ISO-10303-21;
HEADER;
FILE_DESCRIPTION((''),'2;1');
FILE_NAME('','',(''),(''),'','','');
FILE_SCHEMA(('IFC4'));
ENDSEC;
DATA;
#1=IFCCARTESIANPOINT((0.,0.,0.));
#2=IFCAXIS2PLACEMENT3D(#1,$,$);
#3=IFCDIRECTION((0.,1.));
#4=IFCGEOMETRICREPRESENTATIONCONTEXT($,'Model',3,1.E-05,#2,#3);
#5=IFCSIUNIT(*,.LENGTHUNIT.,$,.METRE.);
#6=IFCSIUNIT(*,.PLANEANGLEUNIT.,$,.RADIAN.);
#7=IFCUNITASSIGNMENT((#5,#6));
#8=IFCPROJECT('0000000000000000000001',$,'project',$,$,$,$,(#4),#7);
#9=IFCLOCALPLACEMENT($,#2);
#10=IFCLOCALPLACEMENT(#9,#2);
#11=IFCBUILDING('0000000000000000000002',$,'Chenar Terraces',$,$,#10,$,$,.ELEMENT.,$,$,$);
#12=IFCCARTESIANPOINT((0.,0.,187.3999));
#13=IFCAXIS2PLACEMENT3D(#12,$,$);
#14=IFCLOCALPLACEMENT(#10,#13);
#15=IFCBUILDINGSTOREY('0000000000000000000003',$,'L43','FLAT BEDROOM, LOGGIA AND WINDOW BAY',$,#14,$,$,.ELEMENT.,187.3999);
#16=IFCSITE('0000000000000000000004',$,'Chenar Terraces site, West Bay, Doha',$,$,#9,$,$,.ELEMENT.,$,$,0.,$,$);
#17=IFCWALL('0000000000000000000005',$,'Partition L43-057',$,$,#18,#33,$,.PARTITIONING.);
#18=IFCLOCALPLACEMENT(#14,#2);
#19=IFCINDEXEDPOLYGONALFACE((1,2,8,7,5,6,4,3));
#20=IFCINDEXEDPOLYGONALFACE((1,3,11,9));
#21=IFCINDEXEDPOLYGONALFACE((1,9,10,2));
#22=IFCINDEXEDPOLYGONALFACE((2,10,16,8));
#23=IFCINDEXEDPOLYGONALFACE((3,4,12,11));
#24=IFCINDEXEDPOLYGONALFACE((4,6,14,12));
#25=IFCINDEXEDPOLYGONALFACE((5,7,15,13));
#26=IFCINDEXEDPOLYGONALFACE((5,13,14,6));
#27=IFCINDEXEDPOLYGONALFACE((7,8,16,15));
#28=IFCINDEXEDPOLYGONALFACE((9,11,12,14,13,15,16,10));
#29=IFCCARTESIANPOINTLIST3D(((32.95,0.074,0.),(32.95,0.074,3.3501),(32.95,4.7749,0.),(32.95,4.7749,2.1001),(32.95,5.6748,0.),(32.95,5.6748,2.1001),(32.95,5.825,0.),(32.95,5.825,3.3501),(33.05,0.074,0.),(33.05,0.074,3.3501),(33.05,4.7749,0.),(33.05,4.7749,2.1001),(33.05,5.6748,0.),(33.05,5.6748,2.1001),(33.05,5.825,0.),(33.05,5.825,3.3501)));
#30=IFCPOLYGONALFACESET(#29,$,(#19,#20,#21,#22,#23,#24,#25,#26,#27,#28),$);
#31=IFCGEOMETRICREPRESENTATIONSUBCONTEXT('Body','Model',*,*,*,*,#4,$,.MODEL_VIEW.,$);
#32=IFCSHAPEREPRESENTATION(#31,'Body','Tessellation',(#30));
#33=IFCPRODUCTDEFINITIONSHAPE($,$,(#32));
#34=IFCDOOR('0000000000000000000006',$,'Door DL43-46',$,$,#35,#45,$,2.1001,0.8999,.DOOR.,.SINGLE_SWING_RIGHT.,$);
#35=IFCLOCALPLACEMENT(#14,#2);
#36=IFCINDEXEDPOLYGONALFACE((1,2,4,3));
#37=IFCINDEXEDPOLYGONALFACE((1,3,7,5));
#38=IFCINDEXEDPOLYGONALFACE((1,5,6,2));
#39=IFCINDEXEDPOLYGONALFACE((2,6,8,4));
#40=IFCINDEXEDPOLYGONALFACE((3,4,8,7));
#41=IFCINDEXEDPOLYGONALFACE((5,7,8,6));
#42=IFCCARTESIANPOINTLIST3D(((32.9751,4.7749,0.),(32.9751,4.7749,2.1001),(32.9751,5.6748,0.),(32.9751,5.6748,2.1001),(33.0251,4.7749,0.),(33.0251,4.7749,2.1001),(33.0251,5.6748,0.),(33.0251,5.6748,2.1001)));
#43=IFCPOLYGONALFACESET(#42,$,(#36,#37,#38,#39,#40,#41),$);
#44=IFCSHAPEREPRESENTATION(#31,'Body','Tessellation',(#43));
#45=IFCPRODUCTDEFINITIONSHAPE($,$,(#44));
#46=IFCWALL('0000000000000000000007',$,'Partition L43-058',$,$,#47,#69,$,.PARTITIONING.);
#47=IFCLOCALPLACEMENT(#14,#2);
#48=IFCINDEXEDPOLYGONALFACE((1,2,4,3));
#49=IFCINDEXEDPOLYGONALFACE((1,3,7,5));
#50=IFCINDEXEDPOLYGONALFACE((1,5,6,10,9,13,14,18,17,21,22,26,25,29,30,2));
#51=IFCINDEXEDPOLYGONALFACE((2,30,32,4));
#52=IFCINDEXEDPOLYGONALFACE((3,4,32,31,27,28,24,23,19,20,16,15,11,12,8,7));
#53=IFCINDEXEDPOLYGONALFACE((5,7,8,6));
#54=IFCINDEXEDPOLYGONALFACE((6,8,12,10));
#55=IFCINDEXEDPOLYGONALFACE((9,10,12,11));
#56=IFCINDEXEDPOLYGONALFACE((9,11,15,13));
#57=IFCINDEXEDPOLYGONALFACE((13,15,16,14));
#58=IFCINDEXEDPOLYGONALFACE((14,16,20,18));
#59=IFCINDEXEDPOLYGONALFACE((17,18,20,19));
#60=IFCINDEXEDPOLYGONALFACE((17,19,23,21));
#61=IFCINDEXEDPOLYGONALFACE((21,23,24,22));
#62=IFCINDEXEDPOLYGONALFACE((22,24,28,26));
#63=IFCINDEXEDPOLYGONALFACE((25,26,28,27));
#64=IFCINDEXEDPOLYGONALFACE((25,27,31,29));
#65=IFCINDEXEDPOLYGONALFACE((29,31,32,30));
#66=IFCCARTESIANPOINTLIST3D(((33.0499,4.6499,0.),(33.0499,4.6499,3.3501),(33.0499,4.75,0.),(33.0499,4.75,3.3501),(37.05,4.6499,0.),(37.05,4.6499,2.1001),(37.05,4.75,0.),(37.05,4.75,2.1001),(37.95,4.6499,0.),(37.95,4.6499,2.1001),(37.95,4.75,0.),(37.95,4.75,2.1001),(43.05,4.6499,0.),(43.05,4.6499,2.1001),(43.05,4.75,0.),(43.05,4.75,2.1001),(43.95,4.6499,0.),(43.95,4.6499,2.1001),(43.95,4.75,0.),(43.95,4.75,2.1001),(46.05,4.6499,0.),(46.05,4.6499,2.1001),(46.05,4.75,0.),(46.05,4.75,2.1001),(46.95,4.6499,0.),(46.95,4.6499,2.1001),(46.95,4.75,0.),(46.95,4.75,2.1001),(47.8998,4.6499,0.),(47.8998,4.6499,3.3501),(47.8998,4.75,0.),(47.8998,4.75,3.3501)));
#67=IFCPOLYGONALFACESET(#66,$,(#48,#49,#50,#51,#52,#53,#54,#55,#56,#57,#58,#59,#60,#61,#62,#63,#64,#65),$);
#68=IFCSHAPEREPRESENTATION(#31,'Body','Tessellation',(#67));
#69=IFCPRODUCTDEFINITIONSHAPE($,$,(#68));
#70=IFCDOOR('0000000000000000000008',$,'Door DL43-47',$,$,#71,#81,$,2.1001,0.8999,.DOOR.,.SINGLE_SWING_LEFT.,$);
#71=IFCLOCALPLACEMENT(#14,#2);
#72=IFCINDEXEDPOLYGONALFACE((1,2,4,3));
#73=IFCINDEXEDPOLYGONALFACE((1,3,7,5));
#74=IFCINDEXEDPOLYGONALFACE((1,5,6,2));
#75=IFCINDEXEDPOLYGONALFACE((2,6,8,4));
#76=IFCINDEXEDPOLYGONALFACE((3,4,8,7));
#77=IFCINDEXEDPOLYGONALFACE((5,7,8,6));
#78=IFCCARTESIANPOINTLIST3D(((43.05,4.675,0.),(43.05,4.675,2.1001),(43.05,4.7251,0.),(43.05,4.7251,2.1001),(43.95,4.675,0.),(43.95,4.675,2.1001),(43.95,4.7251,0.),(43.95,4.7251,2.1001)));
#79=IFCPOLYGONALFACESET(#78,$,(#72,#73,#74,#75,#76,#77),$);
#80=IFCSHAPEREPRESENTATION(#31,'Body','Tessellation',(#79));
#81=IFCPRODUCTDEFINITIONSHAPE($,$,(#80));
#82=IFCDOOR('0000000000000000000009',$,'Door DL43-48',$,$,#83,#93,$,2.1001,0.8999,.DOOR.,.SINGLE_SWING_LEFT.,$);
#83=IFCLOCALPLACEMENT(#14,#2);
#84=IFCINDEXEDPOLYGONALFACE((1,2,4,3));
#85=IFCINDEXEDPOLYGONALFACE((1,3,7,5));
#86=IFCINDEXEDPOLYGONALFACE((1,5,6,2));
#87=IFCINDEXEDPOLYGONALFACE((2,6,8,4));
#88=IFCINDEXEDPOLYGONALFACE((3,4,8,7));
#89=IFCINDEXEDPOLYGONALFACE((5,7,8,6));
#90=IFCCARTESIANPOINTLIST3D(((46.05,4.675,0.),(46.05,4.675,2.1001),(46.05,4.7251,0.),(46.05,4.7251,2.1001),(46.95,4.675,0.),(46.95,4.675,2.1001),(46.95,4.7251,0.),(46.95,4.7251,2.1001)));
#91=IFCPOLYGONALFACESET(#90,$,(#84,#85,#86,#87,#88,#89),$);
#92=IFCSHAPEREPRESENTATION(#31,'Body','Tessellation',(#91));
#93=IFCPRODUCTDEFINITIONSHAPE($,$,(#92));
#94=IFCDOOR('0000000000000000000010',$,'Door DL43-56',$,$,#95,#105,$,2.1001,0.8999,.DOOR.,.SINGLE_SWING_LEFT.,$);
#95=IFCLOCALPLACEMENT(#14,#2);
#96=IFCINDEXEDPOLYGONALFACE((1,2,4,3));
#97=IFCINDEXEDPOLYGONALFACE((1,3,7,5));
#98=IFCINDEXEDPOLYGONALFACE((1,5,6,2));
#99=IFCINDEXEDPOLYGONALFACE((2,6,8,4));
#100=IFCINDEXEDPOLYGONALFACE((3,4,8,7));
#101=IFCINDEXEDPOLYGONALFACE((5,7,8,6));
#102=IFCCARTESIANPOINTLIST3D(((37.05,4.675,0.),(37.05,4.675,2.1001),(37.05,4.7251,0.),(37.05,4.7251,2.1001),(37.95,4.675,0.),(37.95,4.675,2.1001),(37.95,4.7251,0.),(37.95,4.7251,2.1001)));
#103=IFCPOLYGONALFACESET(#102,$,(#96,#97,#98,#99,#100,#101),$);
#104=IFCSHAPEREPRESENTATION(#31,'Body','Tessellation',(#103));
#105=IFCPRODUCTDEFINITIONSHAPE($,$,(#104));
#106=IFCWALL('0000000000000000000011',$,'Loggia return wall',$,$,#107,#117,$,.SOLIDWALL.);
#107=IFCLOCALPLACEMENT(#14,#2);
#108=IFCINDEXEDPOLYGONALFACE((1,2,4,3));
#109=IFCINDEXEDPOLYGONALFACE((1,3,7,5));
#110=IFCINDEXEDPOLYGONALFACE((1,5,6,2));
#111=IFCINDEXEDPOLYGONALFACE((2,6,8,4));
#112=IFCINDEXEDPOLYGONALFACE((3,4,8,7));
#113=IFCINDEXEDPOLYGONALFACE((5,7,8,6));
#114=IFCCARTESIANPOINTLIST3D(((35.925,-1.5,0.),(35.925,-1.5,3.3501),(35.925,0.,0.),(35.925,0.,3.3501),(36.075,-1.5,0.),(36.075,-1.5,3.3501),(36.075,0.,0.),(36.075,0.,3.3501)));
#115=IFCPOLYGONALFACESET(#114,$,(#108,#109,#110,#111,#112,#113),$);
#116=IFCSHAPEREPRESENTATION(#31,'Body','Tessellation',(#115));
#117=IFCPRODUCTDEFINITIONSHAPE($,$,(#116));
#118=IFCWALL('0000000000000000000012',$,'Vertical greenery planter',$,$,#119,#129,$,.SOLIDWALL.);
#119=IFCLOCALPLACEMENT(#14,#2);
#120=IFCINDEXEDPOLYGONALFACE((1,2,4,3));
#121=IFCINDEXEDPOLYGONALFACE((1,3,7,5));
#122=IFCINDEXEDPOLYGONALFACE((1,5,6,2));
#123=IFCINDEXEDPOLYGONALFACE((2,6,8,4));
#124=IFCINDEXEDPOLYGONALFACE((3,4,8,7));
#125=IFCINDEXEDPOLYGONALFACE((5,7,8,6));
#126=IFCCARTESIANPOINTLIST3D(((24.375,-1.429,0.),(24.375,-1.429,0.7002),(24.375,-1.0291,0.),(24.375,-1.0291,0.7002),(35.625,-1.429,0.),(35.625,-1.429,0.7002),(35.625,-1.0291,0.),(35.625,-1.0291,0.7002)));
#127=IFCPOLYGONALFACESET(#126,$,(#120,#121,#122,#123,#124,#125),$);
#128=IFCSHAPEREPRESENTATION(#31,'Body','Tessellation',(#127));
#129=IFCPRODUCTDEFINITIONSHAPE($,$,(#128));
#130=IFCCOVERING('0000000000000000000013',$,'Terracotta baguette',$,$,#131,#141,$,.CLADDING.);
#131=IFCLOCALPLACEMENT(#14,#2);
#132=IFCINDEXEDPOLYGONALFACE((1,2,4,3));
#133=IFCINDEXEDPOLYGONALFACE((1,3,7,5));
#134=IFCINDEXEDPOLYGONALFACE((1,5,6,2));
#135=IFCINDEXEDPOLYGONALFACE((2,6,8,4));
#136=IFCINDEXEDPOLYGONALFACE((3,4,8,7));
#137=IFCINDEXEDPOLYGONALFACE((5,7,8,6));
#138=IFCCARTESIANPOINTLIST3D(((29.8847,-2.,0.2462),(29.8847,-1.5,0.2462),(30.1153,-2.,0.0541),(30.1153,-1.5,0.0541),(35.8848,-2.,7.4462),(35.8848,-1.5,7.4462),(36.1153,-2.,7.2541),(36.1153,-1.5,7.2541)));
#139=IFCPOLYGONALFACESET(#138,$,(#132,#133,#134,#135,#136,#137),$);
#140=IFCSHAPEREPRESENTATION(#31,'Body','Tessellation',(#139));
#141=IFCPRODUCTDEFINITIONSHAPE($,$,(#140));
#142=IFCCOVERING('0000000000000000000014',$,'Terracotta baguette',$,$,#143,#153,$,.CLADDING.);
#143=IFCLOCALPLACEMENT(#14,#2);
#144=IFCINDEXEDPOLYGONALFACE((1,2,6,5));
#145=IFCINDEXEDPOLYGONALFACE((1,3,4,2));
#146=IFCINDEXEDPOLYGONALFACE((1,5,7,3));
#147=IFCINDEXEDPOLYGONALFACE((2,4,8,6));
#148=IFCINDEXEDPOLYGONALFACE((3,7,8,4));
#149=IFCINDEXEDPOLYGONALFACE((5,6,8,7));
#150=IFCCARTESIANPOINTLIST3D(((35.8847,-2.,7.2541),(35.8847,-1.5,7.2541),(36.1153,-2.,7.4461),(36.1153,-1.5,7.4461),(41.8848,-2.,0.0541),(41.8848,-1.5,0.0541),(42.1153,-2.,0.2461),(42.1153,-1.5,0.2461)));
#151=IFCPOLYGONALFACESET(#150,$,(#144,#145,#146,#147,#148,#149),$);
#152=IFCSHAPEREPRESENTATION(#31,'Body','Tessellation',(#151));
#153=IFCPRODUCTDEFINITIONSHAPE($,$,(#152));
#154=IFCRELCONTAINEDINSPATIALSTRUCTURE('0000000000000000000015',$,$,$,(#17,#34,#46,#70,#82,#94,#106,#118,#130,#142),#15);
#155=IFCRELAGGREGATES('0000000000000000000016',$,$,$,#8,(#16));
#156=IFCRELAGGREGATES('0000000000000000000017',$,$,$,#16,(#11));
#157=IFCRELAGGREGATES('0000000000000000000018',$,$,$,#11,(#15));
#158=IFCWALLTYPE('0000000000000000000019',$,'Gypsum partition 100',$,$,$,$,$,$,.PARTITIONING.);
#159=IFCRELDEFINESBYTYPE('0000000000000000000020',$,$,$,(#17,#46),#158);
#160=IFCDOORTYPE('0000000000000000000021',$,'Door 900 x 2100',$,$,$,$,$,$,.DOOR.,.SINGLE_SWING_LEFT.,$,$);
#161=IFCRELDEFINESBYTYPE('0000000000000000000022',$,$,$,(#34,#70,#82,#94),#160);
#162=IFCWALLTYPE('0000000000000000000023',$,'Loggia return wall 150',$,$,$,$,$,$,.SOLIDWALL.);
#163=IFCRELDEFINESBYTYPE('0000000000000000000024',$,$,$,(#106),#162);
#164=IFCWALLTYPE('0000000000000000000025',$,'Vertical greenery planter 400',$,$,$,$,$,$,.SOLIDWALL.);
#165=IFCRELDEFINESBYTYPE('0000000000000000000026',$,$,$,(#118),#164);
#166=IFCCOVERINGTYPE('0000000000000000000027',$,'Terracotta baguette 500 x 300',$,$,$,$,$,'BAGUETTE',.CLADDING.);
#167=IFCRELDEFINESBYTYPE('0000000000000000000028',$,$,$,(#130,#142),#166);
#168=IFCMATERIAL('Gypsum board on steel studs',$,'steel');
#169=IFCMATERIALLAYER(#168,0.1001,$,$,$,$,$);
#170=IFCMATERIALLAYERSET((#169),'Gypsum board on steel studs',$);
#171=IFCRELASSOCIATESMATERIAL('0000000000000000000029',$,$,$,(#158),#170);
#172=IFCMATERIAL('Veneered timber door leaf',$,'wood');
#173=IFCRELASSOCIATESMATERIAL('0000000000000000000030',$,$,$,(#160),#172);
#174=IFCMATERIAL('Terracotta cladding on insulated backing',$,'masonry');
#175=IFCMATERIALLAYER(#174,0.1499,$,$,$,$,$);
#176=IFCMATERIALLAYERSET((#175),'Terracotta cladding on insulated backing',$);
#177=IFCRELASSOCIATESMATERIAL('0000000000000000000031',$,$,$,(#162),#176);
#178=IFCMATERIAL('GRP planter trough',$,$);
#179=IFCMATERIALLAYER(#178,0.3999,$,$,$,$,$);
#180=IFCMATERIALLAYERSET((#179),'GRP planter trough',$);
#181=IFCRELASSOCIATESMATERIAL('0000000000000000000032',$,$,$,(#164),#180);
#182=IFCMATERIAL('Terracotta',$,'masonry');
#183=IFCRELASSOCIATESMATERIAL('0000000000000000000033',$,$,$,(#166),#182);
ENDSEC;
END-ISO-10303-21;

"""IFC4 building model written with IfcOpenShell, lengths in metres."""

from ifc_helpers import new_model, si_unit, direction, frame, frame_2d, origin, origin_2d, place, context, subcontext, project, spatial, rectangle, extrude, material, layer, layer_set, material_profile, profile_set, type_object, element, fill, save


model = new_model("IFC4")

# Units and contexts
model_context = context("Model", 3, precision=1e-05, world=origin(), true_north=direction((0.0, 1.0)))
body_context = subcontext(model_context, "Body", "Model", "MODEL_VIEW")
ifc_project = project(units=[si_unit("LENGTHUNIT", "METRE"), si_unit("PLANEANGLEUNIT", "RADIAN")], contexts=[model_context])

# Site, building, storey
site_placement = place(None, origin())
site = spatial("IfcSite", under=ifc_project, at=site_placement, Name="Chenar Terraces site, West Bay, Doha", CompositionType="ELEMENT", RefElevation=0.0)
building_placement = place(site_placement, origin())
building = spatial("IfcBuilding", under=site, at=building_placement, Name="Chenar Terraces", CompositionType="ELEMENT")
storey_placement = place(building_placement, frame((0.0, 0.0, 187.3999)))
storey = spatial("IfcBuildingStorey", under=building, at=storey_placement, Name="L43", Description="FLAT BEDROOM, LOGGIA AND WINDOW BAY", CompositionType="ELEMENT", Elevation=187.3999)

# Shared definitions
ifc_material_1 = material(Name="Gypsum board on steel studs", Category="steel")
ifc_layer_1 = layer(ifc_material_1, 0.1001)
ifc_layer_set_1 = layer_set([ifc_layer_1], Name="Gypsum board on steel studs")
wall_type_1 = type_object("IfcWallType", Name="Gypsum partition 100", PredefinedType="PARTITIONING", material=ifc_layer_set_1)

# Wall, opening, door
wall_1_placement = place(storey_placement, frame((33.0, 0.074, 0.0), z_axis=(0.0, 0.0, 1.0), x_axis=(0.0, 1.0, 0.0)))
wall_1 = element("IfcWall", 1, at=wall_1_placement, inside=storey, type_object=wall_type_1, Name="Partition L43-057", PredefinedType="PARTITIONING", context=body_context, shape_type="SweptSolid", body=[
    extrude(rectangle(XDim=5.751, YDim=0.1001, at=frame_2d((2.8755, 0.0))), origin(), (0.0, 0.0, 1.0), 3.3501),
])
opening_1_placement = place(wall_1_placement, frame((4.7009, 0.0, 0.0)))
opening_1 = element("IfcOpeningElement", 2, at=opening_1_placement, cuts=wall_1, PredefinedType="OPENING", context=body_context, shape_type="SweptSolid", body=[
    extrude(rectangle(XDim=0.8999, YDim=2.1001, at=frame_2d((0.45, 1.05))), frame((0.0, 0.0601, 0.0), z_axis=(0.0, -1.0, 0.0), x_axis=(1.0, 0.0, 0.0)), (0.0, 0.0, 1.0), 0.1201),
])
ifc_material_2 = material(Name="Veneered timber door leaf", Category="wood")
door_type_1 = type_object("IfcDoorType", Name="Door 900 x 2100", OperationType="SINGLE_SWING_LEFT", PredefinedType="DOOR", material=ifc_material_2)
door_1_placement = place(opening_1_placement, origin())
door_1 = element("IfcDoor", 3, at=door_1_placement, inside=storey, type_object=door_type_1, Name="Door DL43-46", OperationType="SINGLE_SWING_RIGHT", OverallHeight=2.1001, OverallWidth=0.8999, PredefinedType="DOOR", context=body_context, shape_type="SweptSolid", body=[
    extrude(rectangle(XDim=0.8999, YDim=2.1001, at=frame_2d((0.45, 1.05))), frame((0.0, 0.0249, 0.0), z_axis=(0.0, -1.0, 0.0), x_axis=(1.0, 0.0, 0.0)), (0.0, 0.0, 1.0), 0.05),
])
fill(opening_1, door_1)

# Wall, openings, doors
wall_2_placement = place(storey_placement, frame((33.05, 4.7, 0.0), z_axis=(0.0, 0.0, 1.0), x_axis=(1.0, 0.0, 0.0)))
wall_2 = element("IfcWall", 4, at=wall_2_placement, inside=storey, type_object=wall_type_1, Name="Partition L43-058", PredefinedType="PARTITIONING", context=body_context, shape_type="SweptSolid", body=[
    extrude(rectangle(XDim=14.8499, YDim=0.1001, at=frame_2d((7.4248, 0.0))), origin(), (0.0, 0.0, 1.0), 3.3501),
])
opening_2_placement = place(wall_2_placement, frame((10.0, 0.0, 0.0)))
opening_2 = element("IfcOpeningElement", 5, at=opening_2_placement, cuts=wall_2, PredefinedType="OPENING", context=body_context, shape_type="SweptSolid", body=[
    extrude(rectangle(XDim=0.8999, YDim=2.1001, at=frame_2d((0.45, 1.05))), frame((0.0, 0.0601, 0.0), z_axis=(0.0, -1.0, 0.0), x_axis=(1.0, 0.0, 0.0)), (0.0, 0.0, 1.0), 0.1201),
])
opening_3_placement = place(wall_2_placement, frame((13.0, 0.0, 0.0)))
opening_3 = element("IfcOpeningElement", 6, at=opening_3_placement, cuts=wall_2, PredefinedType="OPENING", context=body_context, shape_type="SweptSolid", body=[
    extrude(rectangle(XDim=0.8999, YDim=2.1001, at=frame_2d((0.45, 1.05))), frame((0.0, 0.0601, 0.0), z_axis=(0.0, -1.0, 0.0), x_axis=(1.0, 0.0, 0.0)), (0.0, 0.0, 1.0), 0.1201),
])
opening_4_placement = place(wall_2_placement, frame((4.0, 0.0, 0.0)))
opening_4 = element("IfcOpeningElement", 7, at=opening_4_placement, cuts=wall_2, PredefinedType="OPENING", context=body_context, shape_type="SweptSolid", body=[
    extrude(rectangle(XDim=0.8999, YDim=2.1001, at=frame_2d((0.45, 1.05))), frame((0.0, 0.0601, 0.0), z_axis=(0.0, -1.0, 0.0), x_axis=(1.0, 0.0, 0.0)), (0.0, 0.0, 1.0), 0.1201),
])
door_2_placement = place(opening_2_placement, frame((0.8999, 0.0, 0.0), z_axis=(0.0, 0.0, 1.0), x_axis=(-1.0, 0.0, 0.0)))
door_2 = element("IfcDoor", 8, at=door_2_placement, inside=storey, type_object=door_type_1, Name="Door DL43-47", OperationType="SINGLE_SWING_LEFT", OverallHeight=2.1001, OverallWidth=0.8999, PredefinedType="DOOR", context=body_context, shape_type="SweptSolid", body=[
    extrude(rectangle(XDim=0.8999, YDim=2.1001, at=frame_2d((0.45, 1.05))), frame((0.0, 0.0249, 0.0), z_axis=(0.0, -1.0, 0.0), x_axis=(1.0, 0.0, 0.0)), (0.0, 0.0, 1.0), 0.05),
])
fill(opening_2, door_2)
door_3_placement = place(opening_3_placement, frame((0.8999, 0.0, 0.0), z_axis=(0.0, 0.0, 1.0), x_axis=(-1.0, 0.0, 0.0)))
door_3 = element("IfcDoor", 9, at=door_3_placement, inside=storey, type_object=door_type_1, Name="Door DL43-48", OperationType="SINGLE_SWING_LEFT", OverallHeight=2.1001, OverallWidth=0.8999, PredefinedType="DOOR", context=body_context, shape_type="SweptSolid", body=[
    extrude(rectangle(XDim=0.8999, YDim=2.1001, at=frame_2d((0.45, 1.05))), frame((0.0, 0.0249, 0.0), z_axis=(0.0, -1.0, 0.0), x_axis=(1.0, 0.0, 0.0)), (0.0, 0.0, 1.0), 0.05),
])
fill(opening_3, door_3)
door_4_placement = place(opening_4_placement, frame((0.8999, 0.0, 0.0), z_axis=(0.0, 0.0, 1.0), x_axis=(-1.0, 0.0, 0.0)))
door_4 = element("IfcDoor", 10, at=door_4_placement, inside=storey, type_object=door_type_1, Name="Door DL43-56", OperationType="SINGLE_SWING_LEFT", OverallHeight=2.1001, OverallWidth=0.8999, PredefinedType="DOOR", context=body_context, shape_type="SweptSolid", body=[
    extrude(rectangle(XDim=0.8999, YDim=2.1001, at=frame_2d((0.45, 1.05))), frame((0.0, 0.0249, 0.0), z_axis=(0.0, -1.0, 0.0), x_axis=(1.0, 0.0, 0.0)), (0.0, 0.0, 1.0), 0.05),
])
fill(opening_4, door_4)

# Walls
ifc_material_3 = material(Name="Terracotta cladding on insulated backing", Category="masonry")
ifc_layer_2 = layer(ifc_material_3, 0.1499)
ifc_layer_set_2 = layer_set([ifc_layer_2], Name="Terracotta cladding on insulated backing")
wall_type_2 = type_object("IfcWallType", Name="Loggia return wall 150", PredefinedType="SOLIDWALL", material=ifc_layer_set_2)
wall_3_placement = place(storey_placement, frame((36.0, -1.5, 0.0), z_axis=(0.0, 0.0, 1.0), x_axis=(0.0, 1.0, 0.0)))
element("IfcWall", 11, at=wall_3_placement, inside=storey, type_object=wall_type_2, Name="Loggia return wall", PredefinedType="SOLIDWALL", context=body_context, shape_type="SweptSolid", body=[
    extrude(rectangle(XDim=1.5, YDim=0.1499, at=frame_2d((0.75, 0.0))), origin(), (0.0, 0.0, 1.0), 3.3501),
])
ifc_material_4 = material(Name="GRP planter trough")
ifc_layer_3 = layer(ifc_material_4, 0.3999)
ifc_layer_set_3 = layer_set([ifc_layer_3], Name="GRP planter trough")
wall_type_3 = type_object("IfcWallType", Name="Vertical greenery planter 400", PredefinedType="SOLIDWALL", material=ifc_layer_set_3)
wall_4_placement = place(storey_placement, frame((24.375, -1.229, 0.0), z_axis=(0.0, 0.0, 1.0), x_axis=(1.0, 0.0, 0.0)))
element("IfcWall", 12, at=wall_4_placement, inside=storey, type_object=wall_type_3, Name="Vertical greenery planter", PredefinedType="SOLIDWALL", context=body_context, shape_type="SweptSolid", body=[
    extrude(rectangle(XDim=11.25, YDim=0.3999, at=frame_2d((5.625, 0.0))), origin(), (0.0, 0.0, 1.0), 0.7002),
])

# Coverings
ifc_material_5 = material(Name="Terracotta", Category="masonry")
ifc_material_profile_1 = material_profile(ifc_material_5, rectangle(XDim=0.5, YDim=0.3, at=origin_2d()), Name="Terracotta baguette 500 x 300")
ifc_profile_set_1 = profile_set([ifc_material_profile_1], Name="Terracotta")
covering_type = type_object("IfcCoveringType", Name="Terracotta baguette 500 x 300", ElementType="BAGUETTE", PredefinedType="CLADDING", material=ifc_profile_set_1)
for number, where, z_axis, x_axis, name in (
    (13, (30.0, -1.75, 0.1501), (0.640187, 0.0, 0.768219), (0.0, 1.0, 0.0), "Terracotta baguette"),
    (14, (36.0, -1.75, 7.3501), (0.640187, 0.0, -0.768219), (0.0, 1.0, 0.0), "Terracotta baguette"),
):
    element("IfcCovering", number, at=place(storey_placement, frame(where, z_axis=z_axis, x_axis=x_axis)), inside=storey, type_object=covering_type, Name=name, PredefinedType="CLADDING", context=body_context, shape_type="SweptSolid", body=[
        extrude(rectangle(XDim=0.5, YDim=0.3, at=origin_2d()), origin(), (0.0, 0.0, 1.0), 9.3723),
    ])

save(model, "model.ifc")
